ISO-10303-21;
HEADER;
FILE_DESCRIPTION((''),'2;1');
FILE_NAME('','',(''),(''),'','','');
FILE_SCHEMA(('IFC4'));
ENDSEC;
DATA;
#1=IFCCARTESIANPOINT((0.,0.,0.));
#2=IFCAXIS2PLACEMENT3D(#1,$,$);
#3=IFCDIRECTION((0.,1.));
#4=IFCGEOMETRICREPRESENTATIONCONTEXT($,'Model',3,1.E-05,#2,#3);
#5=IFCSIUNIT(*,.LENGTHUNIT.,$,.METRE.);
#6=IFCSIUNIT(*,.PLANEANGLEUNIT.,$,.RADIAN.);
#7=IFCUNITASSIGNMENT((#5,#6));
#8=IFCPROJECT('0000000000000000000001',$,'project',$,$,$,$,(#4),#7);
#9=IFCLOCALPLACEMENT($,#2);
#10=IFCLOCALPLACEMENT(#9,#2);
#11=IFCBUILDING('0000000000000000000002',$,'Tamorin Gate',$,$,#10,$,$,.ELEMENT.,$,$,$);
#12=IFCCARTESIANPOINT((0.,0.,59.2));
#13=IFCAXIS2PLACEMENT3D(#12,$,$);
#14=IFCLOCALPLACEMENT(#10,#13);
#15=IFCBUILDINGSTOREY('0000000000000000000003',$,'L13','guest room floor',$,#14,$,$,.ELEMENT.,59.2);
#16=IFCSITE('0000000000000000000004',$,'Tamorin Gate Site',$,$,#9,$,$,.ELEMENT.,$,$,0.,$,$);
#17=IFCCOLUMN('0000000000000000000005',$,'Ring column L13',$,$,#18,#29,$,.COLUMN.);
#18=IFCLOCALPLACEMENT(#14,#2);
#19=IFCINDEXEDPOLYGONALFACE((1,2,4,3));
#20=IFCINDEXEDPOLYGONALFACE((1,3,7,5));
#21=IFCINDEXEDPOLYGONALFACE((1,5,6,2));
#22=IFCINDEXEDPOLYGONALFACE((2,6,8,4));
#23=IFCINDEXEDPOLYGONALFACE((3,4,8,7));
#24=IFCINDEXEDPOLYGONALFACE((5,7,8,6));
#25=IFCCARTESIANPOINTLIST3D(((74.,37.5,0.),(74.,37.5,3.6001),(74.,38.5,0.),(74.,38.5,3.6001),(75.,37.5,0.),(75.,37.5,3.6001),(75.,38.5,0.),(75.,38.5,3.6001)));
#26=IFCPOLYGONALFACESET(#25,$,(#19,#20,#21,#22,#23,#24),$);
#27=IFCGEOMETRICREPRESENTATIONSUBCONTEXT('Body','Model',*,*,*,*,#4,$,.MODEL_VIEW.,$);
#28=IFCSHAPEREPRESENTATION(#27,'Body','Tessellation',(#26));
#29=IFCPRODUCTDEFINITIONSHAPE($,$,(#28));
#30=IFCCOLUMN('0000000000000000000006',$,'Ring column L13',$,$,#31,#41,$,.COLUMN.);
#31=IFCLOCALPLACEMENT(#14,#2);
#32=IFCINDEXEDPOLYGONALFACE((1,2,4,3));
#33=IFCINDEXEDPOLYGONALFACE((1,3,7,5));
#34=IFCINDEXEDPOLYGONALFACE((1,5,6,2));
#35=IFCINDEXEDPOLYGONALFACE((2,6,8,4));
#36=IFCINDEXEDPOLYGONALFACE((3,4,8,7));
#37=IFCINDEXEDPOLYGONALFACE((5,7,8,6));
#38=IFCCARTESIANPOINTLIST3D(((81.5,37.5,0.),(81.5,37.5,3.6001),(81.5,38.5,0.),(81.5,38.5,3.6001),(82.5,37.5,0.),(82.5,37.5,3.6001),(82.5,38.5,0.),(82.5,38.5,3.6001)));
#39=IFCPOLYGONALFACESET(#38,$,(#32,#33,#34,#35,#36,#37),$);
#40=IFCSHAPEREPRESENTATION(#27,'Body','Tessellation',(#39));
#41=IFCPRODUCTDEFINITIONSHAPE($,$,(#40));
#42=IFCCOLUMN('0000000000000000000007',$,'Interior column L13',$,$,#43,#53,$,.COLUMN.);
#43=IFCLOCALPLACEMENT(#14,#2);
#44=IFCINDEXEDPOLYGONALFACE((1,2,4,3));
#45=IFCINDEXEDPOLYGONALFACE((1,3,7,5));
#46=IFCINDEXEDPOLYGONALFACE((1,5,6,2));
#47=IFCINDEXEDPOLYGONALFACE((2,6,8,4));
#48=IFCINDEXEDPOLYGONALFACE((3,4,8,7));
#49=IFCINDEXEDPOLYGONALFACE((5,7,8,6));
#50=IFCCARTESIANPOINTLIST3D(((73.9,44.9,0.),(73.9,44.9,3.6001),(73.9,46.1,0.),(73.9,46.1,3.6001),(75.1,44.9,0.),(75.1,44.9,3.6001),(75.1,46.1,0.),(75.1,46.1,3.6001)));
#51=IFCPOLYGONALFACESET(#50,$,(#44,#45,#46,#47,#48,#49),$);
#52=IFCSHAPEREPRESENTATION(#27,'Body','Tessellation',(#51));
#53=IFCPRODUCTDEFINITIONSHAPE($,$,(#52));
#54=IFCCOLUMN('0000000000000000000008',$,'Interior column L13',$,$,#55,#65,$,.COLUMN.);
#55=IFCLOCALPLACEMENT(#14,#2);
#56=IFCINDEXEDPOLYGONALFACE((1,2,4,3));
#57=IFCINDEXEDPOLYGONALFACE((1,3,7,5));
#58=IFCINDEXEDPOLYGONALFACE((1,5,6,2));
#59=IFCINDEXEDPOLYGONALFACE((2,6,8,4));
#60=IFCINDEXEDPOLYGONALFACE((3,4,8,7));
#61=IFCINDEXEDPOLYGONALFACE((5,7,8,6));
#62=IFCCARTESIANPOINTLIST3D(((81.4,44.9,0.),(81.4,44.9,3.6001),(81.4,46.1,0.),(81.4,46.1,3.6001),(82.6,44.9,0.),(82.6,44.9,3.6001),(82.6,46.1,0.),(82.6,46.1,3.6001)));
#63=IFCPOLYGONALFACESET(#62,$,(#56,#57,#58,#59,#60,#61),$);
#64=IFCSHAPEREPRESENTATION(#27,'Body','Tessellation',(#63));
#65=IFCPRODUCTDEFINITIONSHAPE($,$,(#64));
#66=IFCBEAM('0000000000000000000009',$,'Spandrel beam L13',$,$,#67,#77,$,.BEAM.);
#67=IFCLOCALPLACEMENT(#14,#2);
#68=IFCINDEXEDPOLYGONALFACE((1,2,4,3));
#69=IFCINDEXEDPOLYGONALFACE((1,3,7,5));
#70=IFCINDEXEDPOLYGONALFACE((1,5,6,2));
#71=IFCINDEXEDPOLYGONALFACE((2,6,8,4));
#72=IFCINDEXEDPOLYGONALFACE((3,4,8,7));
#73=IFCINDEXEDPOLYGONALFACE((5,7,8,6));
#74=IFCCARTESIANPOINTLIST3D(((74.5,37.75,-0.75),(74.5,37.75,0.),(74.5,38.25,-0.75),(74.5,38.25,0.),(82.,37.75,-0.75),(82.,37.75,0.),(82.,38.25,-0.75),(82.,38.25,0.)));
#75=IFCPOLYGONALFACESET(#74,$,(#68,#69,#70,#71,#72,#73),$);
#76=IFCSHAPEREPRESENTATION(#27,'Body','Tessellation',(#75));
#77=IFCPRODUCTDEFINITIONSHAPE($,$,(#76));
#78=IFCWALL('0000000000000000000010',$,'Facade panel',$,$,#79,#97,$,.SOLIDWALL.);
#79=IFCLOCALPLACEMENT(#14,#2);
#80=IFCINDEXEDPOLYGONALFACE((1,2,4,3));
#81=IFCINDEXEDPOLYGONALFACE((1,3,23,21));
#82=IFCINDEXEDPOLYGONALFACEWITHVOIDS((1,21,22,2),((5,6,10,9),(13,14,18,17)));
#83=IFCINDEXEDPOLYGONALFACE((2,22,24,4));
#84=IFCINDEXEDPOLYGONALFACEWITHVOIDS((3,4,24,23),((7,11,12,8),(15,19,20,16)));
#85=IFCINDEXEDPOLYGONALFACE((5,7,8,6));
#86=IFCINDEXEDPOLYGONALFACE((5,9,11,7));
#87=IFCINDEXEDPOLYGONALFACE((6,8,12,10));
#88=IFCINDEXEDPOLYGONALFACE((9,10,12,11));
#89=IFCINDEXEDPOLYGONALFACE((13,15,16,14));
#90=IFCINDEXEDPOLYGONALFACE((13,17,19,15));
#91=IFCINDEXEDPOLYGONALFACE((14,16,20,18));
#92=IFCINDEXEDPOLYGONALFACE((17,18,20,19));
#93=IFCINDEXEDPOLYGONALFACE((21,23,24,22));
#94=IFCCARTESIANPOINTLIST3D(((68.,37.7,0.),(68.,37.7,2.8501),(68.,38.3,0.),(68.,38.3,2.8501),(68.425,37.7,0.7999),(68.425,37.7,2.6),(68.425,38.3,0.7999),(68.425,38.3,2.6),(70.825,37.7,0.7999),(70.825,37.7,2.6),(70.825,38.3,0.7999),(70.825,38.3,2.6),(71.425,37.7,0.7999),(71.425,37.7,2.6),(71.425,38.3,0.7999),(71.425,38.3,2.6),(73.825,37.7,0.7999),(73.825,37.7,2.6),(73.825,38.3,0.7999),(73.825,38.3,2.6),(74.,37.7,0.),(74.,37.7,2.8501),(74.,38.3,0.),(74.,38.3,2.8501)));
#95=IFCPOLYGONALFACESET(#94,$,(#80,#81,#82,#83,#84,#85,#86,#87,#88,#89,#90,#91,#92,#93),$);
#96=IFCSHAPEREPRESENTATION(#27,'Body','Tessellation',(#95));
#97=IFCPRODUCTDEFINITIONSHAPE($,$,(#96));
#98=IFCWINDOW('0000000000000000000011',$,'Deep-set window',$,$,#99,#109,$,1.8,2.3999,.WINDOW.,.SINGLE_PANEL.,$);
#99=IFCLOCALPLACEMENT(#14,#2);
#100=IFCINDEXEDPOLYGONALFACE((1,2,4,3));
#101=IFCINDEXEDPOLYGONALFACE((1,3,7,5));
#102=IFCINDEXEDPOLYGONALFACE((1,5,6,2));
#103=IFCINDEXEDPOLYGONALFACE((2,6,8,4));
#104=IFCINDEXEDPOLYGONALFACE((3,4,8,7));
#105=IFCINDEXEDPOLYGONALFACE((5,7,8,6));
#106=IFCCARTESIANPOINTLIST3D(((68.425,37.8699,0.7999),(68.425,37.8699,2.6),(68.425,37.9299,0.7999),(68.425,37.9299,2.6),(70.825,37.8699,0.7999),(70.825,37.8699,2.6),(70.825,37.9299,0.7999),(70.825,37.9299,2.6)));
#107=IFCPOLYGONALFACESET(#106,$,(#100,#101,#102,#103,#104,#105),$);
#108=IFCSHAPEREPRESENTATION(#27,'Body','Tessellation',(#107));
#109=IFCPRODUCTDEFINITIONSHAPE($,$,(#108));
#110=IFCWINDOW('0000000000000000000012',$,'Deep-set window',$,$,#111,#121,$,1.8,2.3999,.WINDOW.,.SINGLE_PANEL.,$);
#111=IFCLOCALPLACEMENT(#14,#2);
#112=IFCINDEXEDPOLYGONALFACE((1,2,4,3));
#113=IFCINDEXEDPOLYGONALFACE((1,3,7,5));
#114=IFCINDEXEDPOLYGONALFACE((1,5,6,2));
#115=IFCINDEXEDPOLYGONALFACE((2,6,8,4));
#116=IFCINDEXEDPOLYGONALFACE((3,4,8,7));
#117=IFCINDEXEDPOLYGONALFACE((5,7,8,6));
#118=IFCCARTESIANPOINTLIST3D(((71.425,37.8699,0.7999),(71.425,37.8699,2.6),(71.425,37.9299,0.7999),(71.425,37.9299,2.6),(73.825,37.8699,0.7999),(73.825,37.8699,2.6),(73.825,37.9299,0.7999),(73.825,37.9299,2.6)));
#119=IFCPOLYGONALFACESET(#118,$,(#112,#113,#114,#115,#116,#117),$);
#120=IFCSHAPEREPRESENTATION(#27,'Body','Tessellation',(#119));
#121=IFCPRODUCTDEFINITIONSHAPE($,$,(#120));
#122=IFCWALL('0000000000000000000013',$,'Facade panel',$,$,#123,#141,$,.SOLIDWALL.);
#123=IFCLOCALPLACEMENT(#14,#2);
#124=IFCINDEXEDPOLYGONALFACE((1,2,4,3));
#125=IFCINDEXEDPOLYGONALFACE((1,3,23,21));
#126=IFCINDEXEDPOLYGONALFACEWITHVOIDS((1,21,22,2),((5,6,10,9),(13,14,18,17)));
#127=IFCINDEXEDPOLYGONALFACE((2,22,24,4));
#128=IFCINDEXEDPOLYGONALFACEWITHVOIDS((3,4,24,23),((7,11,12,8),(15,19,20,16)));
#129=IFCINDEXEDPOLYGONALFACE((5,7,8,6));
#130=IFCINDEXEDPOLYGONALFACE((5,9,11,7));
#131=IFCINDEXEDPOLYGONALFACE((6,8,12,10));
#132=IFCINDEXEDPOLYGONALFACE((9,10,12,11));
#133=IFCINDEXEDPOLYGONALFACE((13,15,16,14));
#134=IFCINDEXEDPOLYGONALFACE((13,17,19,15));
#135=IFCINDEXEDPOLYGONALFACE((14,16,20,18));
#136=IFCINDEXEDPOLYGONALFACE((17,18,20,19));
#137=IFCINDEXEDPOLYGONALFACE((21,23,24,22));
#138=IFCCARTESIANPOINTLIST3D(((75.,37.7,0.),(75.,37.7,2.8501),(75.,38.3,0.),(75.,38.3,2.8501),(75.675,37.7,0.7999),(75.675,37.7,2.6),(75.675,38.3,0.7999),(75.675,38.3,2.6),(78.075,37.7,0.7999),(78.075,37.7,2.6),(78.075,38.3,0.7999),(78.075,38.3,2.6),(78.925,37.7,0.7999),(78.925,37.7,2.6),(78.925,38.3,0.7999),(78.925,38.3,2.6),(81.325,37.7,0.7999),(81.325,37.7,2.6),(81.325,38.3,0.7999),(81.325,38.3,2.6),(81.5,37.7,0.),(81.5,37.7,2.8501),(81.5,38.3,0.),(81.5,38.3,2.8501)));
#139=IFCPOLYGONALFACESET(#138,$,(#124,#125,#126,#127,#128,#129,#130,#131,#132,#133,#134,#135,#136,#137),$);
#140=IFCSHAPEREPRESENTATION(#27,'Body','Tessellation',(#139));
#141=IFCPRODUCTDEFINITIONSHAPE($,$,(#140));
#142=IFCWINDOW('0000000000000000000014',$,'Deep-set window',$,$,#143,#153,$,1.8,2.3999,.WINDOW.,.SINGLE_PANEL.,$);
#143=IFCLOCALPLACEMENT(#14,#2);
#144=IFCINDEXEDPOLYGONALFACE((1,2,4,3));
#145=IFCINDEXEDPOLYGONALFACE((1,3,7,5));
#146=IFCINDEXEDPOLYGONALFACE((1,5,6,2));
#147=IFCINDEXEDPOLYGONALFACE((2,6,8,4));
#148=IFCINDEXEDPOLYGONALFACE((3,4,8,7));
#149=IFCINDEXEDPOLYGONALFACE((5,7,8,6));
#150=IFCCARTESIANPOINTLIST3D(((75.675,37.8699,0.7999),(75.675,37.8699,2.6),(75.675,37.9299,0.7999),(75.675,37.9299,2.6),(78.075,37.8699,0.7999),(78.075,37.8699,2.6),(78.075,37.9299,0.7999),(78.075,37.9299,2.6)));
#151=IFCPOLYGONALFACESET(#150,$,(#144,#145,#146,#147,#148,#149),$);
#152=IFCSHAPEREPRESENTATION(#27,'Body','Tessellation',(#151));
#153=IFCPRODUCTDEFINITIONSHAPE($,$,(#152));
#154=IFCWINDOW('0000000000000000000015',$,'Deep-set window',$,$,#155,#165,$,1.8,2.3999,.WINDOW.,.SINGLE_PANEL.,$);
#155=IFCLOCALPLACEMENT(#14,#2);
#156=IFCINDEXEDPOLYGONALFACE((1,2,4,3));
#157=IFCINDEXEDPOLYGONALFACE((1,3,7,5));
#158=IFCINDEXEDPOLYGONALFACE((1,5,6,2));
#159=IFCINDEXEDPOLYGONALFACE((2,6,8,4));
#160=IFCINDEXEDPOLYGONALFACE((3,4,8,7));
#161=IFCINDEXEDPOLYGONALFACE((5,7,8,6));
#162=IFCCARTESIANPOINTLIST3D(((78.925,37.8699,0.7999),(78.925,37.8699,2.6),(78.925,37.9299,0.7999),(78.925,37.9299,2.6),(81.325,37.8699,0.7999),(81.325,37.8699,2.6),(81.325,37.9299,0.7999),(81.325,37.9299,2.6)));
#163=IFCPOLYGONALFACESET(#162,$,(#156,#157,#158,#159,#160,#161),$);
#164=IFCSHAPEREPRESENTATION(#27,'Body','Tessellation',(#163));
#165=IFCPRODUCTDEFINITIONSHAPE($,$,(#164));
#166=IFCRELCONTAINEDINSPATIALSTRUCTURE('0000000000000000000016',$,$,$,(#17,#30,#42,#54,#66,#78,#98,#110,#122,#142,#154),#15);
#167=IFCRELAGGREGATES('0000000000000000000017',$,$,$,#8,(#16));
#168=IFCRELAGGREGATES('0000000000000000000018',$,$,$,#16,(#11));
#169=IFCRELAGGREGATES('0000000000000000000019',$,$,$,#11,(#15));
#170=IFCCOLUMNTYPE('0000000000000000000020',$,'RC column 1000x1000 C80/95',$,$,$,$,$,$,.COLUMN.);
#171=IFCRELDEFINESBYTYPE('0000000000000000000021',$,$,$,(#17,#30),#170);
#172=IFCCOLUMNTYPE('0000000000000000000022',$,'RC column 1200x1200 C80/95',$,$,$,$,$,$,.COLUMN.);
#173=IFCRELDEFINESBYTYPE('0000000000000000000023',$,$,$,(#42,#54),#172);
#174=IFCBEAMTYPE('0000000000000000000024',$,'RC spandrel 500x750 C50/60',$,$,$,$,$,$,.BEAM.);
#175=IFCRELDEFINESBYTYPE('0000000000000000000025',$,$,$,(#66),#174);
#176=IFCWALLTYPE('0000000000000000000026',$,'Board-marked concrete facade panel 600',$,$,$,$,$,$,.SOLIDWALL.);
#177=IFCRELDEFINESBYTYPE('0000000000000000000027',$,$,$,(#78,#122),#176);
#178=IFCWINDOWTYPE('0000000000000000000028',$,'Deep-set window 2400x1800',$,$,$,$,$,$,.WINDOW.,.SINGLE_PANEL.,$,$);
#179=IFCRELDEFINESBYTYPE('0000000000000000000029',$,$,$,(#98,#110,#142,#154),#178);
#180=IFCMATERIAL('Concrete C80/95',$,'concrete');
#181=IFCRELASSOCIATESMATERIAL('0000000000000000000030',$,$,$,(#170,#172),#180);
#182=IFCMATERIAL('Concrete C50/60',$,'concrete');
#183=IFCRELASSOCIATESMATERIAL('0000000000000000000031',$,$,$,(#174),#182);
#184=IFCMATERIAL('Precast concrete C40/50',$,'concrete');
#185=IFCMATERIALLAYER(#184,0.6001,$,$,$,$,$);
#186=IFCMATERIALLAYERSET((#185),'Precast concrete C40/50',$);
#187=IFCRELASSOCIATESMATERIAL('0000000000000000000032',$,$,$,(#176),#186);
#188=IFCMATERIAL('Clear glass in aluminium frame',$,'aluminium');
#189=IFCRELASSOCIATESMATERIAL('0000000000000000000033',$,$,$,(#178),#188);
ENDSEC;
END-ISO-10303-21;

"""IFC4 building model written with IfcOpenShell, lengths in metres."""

from ifc_helpers import new_model, si_unit, direction, frame, frame_2d, origin, origin_2d, place, context, subcontext, project, spatial, rectangle, extrude, material, layer, layer_set, material_profile, profile_set, type_object, element, fill, save


model = new_model("IFC4")

# Units and contexts
model_context = context("Model", 3, precision=1e-05, world=origin(), true_north=direction((0.0, 1.0)))
body_context = subcontext(model_context, "Body", "Model", "MODEL_VIEW")
ifc_project = project(units=[si_unit("LENGTHUNIT", "METRE"), si_unit("PLANEANGLEUNIT", "RADIAN")], contexts=[model_context])

# Site, building, storey
site_placement = place(None, origin())
site = spatial("IfcSite", under=ifc_project, at=site_placement, Name="Tamorin Gate Site", CompositionType="ELEMENT", RefElevation=0.0)
building_placement = place(site_placement, origin())
building = spatial("IfcBuilding", under=site, at=building_placement, Name="Tamorin Gate", CompositionType="ELEMENT")
storey_placement = place(building_placement, frame((0.0, 0.0, 59.2)))
storey = spatial("IfcBuildingStorey", under=building, at=storey_placement, Name="L13", Description="guest room floor", CompositionType="ELEMENT", Elevation=59.2)

# Columns
ifc_material_1 = material(Name="Concrete C80/95", Category="concrete")
ifc_material_profile_1 = material_profile(ifc_material_1, rectangle(XDim=1.0, YDim=1.0, at=origin_2d()), Name="RC 1000x1000")
ifc_profile_set_1 = profile_set([ifc_material_profile_1], Name="Concrete C80/95")
column_type_1 = type_object("IfcColumnType", Name="RC column 1000x1000 C80/95", PredefinedType="COLUMN", material=ifc_profile_set_1)
for number, where, z_axis, x_axis, name in (
    (1, (74.5, 38.0, 0.0), (0.0, 0.0, 1.0), (1.0, 0.0, 0.0), "Ring column L13"),
    (2, (82.0, 38.0, 0.0), (0.0, 0.0, 1.0), (1.0, 0.0, 0.0), "Ring column L13"),
):
    element("IfcColumn", number, at=place(storey_placement, frame(where, z_axis=z_axis, x_axis=x_axis)), inside=storey, type_object=column_type_1, Name=name, PredefinedType="COLUMN", context=body_context, shape_type="SweptSolid", body=[
        extrude(rectangle(XDim=1.0, YDim=1.0, at=origin_2d()), origin(), (0.0, 0.0, 1.0), 3.6001),
    ])
ifc_material_profile_2 = material_profile(ifc_material_1, rectangle(XDim=1.2, YDim=1.2, at=origin_2d()), Name="RC 1200x1200")
ifc_profile_set_2 = profile_set([ifc_material_profile_2], Name="Concrete C80/95")
column_type_2 = type_object("IfcColumnType", Name="RC column 1200x1200 C80/95", PredefinedType="COLUMN", material=ifc_profile_set_2)
for number, where, z_axis, x_axis, name in (
    (3, (74.5, 45.5, 0.0), (0.0, 0.0, 1.0), (1.0, 0.0, 0.0), "Interior column L13"),
    (4, (82.0, 45.5, 0.0), (0.0, 0.0, 1.0), (1.0, 0.0, 0.0), "Interior column L13"),
):
    element("IfcColumn", number, at=place(storey_placement, frame(where, z_axis=z_axis, x_axis=x_axis)), inside=storey, type_object=column_type_2, Name=name, PredefinedType="COLUMN", context=body_context, shape_type="SweptSolid", body=[
        extrude(rectangle(XDim=1.2, YDim=1.2, at=origin_2d()), origin(), (0.0, 0.0, 1.0), 3.6001),
    ])

# Beam
ifc_material_2 = material(Name="Concrete C50/60", Category="concrete")
ifc_material_profile_3 = material_profile(ifc_material_2, rectangle(XDim=0.5, YDim=0.75, at=origin_2d()), Name="RC 500x750")
ifc_profile_set_3 = profile_set([ifc_material_profile_3], Name="Concrete C50/60")
beam_type = type_object("IfcBeamType", Name="RC spandrel 500x750 C50/60", PredefinedType="BEAM", material=ifc_profile_set_3)
beam_placement = place(storey_placement, frame((74.5, 38.0, -0.375), z_axis=(1.0, 0.0, 0.0), x_axis=(0.0, 1.0, 0.0)))
element("IfcBeam", 5, at=beam_placement, inside=storey, type_object=beam_type, Name="Spandrel beam L13", PredefinedType="BEAM", context=body_context, shape_type="SweptSolid", body=[
    extrude(rectangle(XDim=0.5, YDim=0.75, at=origin_2d()), origin(), (0.0, 0.0, 1.0), 7.5),
])

# Walls, openings, windows
ifc_material_3 = material(Name="Precast concrete C40/50", Category="concrete")
ifc_layer_1 = layer(ifc_material_3, 0.6001)
ifc_layer_set_1 = layer_set([ifc_layer_1], Name="Precast concrete C40/50")
wall_type_1 = type_object("IfcWallType", Name="Board-marked concrete facade panel 600", PredefinedType="SOLIDWALL", material=ifc_layer_set_1)
wall_1_placement = place(storey_placement, frame((68.0, 38.0, 0.0), z_axis=(0.0, 0.0, 1.0), x_axis=(1.0, 0.0, 0.0)))
wall_1 = element("IfcWall", 6, at=wall_1_placement, inside=storey, type_object=wall_type_1, Name="Facade panel", PredefinedType="SOLIDWALL", context=body_context, shape_type="SweptSolid", body=[
    extrude(rectangle(XDim=6.0, YDim=0.6001, at=frame_2d((3.0, 0.0))), origin(), (0.0, 0.0, 1.0), 2.8501),
])
opening_1_placement = place(wall_1_placement, frame((0.425, 0.0, 0.8)))
opening_1 = element("IfcOpeningElement", 7, at=opening_1_placement, cuts=wall_1, PredefinedType="OPENING", context=body_context, shape_type="SweptSolid", body=[
    extrude(rectangle(XDim=2.3999, YDim=1.8, at=frame_2d((1.2, 0.8999))), frame((0.0, 0.3101, 0.0), z_axis=(0.0, -1.0, 0.0), x_axis=(1.0, 0.0, 0.0)), (0.0, 0.0, 1.0), 0.6201),
])
opening_2_placement = place(wall_1_placement, frame((3.425, 0.0, 0.8)))
opening_2 = element("IfcOpeningElement", 8, at=opening_2_placement, cuts=wall_1, PredefinedType="OPENING", context=body_context, shape_type="SweptSolid", body=[
    extrude(rectangle(XDim=2.3999, YDim=1.8, at=frame_2d((1.2, 0.8999))), frame((0.0, 0.3101, 0.0), z_axis=(0.0, -1.0, 0.0), x_axis=(1.0, 0.0, 0.0)), (0.0, 0.0, 1.0), 0.6201),
])
ifc_material_4 = material(Name="Clear glass in aluminium frame", Category="aluminium")
window_type = type_object("IfcWindowType", Name="Deep-set window 2400x1800", PartitioningType="SINGLE_PANEL", PredefinedType="WINDOW", material=ifc_material_4)
window_1_placement = place(opening_1_placement, origin())
window_1 = element("IfcWindow", 9, at=window_1_placement, inside=storey, type_object=window_type, Name="Deep-set window", OverallHeight=1.8, OverallWidth=2.3999, PartitioningType="SINGLE_PANEL", PredefinedType="WINDOW", context=body_context, shape_type="SweptSolid", body=[
    extrude(rectangle(XDim=2.3999, YDim=1.8, at=frame_2d((1.2, 0.8999))), frame((0.0, -0.0701, 0.0), z_axis=(0.0, -1.0, 0.0), x_axis=(1.0, 0.0, 0.0)), (0.0, 0.0, 1.0), 0.0601),
])
fill(opening_1, window_1)
window_2_placement = place(opening_2_placement, origin())
window_2 = element("IfcWindow", 10, at=window_2_placement, inside=storey, type_object=window_type, Name="Deep-set window", OverallHeight=1.8, OverallWidth=2.3999, PartitioningType="SINGLE_PANEL", PredefinedType="WINDOW", context=body_context, shape_type="SweptSolid", body=[
    extrude(rectangle(XDim=2.3999, YDim=1.8, at=frame_2d((1.2, 0.8999))), frame((0.0, -0.0701, 0.0), z_axis=(0.0, -1.0, 0.0), x_axis=(1.0, 0.0, 0.0)), (0.0, 0.0, 1.0), 0.0601),
])
fill(opening_2, window_2)
wall_2_placement = place(storey_placement, frame((75.0, 38.0, 0.0), z_axis=(0.0, 0.0, 1.0), x_axis=(1.0, 0.0, 0.0)))
wall_2 = element("IfcWall", 11, at=wall_2_placement, inside=storey, type_object=wall_type_1, Name="Facade panel", PredefinedType="SOLIDWALL", context=body_context, shape_type="SweptSolid", body=[
    extrude(rectangle(XDim=6.5, YDim=0.6001, at=frame_2d((3.25, 0.0))), origin(), (0.0, 0.0, 1.0), 2.8501),
])
opening_3_placement = place(wall_2_placement, frame((0.675, 0.0, 0.8)))
opening_3 = element("IfcOpeningElement", 12, at=opening_3_placement, cuts=wall_2, PredefinedType="OPENING", context=body_context, shape_type="SweptSolid", body=[
    extrude(rectangle(XDim=2.3999, YDim=1.8, at=frame_2d((1.2, 0.8999))), frame((0.0, 0.3101, 0.0), z_axis=(0.0, -1.0, 0.0), x_axis=(1.0, 0.0, 0.0)), (0.0, 0.0, 1.0), 0.6201),
])
opening_4_placement = place(wall_2_placement, frame((3.925, 0.0, 0.8)))
opening_4 = element("IfcOpeningElement", 13, at=opening_4_placement, cuts=wall_2, PredefinedType="OPENING", context=body_context, shape_type="SweptSolid", body=[
    extrude(rectangle(XDim=2.3999, YDim=1.8, at=frame_2d((1.2, 0.8999))), frame((0.0, 0.3101, 0.0), z_axis=(0.0, -1.0, 0.0), x_axis=(1.0, 0.0, 0.0)), (0.0, 0.0, 1.0), 0.6201),
])
window_3_placement = place(opening_3_placement, origin())
window_3 = element("IfcWindow", 14, at=window_3_placement, inside=storey, type_object=window_type, Name="Deep-set window", OverallHeight=1.8, OverallWidth=2.3999, PartitioningType="SINGLE_PANEL", PredefinedType="WINDOW", context=body_context, shape_type="SweptSolid", body=[
    extrude(rectangle(XDim=2.3999, YDim=1.8, at=frame_2d((1.2, 0.8999))), frame((0.0, -0.0701, 0.0), z_axis=(0.0, -1.0, 0.0), x_axis=(1.0, 0.0, 0.0)), (0.0, 0.0, 1.0), 0.0601),
])
fill(opening_3, window_3)
window_4_placement = place(opening_4_placement, origin())
window_4 = element("IfcWindow", 15, at=window_4_placement, inside=storey, type_object=window_type, Name="Deep-set window", OverallHeight=1.8, OverallWidth=2.3999, PartitioningType="SINGLE_PANEL", PredefinedType="WINDOW", context=body_context, shape_type="SweptSolid", body=[
    extrude(rectangle(XDim=2.3999, YDim=1.8, at=frame_2d((1.2, 0.8999))), frame((0.0, -0.0701, 0.0), z_axis=(0.0, -1.0, 0.0), x_axis=(1.0, 0.0, 0.0)), (0.0, 0.0, 1.0), 0.0601),
])
fill(opening_4, window_4)

save(model, "model.ifc")
